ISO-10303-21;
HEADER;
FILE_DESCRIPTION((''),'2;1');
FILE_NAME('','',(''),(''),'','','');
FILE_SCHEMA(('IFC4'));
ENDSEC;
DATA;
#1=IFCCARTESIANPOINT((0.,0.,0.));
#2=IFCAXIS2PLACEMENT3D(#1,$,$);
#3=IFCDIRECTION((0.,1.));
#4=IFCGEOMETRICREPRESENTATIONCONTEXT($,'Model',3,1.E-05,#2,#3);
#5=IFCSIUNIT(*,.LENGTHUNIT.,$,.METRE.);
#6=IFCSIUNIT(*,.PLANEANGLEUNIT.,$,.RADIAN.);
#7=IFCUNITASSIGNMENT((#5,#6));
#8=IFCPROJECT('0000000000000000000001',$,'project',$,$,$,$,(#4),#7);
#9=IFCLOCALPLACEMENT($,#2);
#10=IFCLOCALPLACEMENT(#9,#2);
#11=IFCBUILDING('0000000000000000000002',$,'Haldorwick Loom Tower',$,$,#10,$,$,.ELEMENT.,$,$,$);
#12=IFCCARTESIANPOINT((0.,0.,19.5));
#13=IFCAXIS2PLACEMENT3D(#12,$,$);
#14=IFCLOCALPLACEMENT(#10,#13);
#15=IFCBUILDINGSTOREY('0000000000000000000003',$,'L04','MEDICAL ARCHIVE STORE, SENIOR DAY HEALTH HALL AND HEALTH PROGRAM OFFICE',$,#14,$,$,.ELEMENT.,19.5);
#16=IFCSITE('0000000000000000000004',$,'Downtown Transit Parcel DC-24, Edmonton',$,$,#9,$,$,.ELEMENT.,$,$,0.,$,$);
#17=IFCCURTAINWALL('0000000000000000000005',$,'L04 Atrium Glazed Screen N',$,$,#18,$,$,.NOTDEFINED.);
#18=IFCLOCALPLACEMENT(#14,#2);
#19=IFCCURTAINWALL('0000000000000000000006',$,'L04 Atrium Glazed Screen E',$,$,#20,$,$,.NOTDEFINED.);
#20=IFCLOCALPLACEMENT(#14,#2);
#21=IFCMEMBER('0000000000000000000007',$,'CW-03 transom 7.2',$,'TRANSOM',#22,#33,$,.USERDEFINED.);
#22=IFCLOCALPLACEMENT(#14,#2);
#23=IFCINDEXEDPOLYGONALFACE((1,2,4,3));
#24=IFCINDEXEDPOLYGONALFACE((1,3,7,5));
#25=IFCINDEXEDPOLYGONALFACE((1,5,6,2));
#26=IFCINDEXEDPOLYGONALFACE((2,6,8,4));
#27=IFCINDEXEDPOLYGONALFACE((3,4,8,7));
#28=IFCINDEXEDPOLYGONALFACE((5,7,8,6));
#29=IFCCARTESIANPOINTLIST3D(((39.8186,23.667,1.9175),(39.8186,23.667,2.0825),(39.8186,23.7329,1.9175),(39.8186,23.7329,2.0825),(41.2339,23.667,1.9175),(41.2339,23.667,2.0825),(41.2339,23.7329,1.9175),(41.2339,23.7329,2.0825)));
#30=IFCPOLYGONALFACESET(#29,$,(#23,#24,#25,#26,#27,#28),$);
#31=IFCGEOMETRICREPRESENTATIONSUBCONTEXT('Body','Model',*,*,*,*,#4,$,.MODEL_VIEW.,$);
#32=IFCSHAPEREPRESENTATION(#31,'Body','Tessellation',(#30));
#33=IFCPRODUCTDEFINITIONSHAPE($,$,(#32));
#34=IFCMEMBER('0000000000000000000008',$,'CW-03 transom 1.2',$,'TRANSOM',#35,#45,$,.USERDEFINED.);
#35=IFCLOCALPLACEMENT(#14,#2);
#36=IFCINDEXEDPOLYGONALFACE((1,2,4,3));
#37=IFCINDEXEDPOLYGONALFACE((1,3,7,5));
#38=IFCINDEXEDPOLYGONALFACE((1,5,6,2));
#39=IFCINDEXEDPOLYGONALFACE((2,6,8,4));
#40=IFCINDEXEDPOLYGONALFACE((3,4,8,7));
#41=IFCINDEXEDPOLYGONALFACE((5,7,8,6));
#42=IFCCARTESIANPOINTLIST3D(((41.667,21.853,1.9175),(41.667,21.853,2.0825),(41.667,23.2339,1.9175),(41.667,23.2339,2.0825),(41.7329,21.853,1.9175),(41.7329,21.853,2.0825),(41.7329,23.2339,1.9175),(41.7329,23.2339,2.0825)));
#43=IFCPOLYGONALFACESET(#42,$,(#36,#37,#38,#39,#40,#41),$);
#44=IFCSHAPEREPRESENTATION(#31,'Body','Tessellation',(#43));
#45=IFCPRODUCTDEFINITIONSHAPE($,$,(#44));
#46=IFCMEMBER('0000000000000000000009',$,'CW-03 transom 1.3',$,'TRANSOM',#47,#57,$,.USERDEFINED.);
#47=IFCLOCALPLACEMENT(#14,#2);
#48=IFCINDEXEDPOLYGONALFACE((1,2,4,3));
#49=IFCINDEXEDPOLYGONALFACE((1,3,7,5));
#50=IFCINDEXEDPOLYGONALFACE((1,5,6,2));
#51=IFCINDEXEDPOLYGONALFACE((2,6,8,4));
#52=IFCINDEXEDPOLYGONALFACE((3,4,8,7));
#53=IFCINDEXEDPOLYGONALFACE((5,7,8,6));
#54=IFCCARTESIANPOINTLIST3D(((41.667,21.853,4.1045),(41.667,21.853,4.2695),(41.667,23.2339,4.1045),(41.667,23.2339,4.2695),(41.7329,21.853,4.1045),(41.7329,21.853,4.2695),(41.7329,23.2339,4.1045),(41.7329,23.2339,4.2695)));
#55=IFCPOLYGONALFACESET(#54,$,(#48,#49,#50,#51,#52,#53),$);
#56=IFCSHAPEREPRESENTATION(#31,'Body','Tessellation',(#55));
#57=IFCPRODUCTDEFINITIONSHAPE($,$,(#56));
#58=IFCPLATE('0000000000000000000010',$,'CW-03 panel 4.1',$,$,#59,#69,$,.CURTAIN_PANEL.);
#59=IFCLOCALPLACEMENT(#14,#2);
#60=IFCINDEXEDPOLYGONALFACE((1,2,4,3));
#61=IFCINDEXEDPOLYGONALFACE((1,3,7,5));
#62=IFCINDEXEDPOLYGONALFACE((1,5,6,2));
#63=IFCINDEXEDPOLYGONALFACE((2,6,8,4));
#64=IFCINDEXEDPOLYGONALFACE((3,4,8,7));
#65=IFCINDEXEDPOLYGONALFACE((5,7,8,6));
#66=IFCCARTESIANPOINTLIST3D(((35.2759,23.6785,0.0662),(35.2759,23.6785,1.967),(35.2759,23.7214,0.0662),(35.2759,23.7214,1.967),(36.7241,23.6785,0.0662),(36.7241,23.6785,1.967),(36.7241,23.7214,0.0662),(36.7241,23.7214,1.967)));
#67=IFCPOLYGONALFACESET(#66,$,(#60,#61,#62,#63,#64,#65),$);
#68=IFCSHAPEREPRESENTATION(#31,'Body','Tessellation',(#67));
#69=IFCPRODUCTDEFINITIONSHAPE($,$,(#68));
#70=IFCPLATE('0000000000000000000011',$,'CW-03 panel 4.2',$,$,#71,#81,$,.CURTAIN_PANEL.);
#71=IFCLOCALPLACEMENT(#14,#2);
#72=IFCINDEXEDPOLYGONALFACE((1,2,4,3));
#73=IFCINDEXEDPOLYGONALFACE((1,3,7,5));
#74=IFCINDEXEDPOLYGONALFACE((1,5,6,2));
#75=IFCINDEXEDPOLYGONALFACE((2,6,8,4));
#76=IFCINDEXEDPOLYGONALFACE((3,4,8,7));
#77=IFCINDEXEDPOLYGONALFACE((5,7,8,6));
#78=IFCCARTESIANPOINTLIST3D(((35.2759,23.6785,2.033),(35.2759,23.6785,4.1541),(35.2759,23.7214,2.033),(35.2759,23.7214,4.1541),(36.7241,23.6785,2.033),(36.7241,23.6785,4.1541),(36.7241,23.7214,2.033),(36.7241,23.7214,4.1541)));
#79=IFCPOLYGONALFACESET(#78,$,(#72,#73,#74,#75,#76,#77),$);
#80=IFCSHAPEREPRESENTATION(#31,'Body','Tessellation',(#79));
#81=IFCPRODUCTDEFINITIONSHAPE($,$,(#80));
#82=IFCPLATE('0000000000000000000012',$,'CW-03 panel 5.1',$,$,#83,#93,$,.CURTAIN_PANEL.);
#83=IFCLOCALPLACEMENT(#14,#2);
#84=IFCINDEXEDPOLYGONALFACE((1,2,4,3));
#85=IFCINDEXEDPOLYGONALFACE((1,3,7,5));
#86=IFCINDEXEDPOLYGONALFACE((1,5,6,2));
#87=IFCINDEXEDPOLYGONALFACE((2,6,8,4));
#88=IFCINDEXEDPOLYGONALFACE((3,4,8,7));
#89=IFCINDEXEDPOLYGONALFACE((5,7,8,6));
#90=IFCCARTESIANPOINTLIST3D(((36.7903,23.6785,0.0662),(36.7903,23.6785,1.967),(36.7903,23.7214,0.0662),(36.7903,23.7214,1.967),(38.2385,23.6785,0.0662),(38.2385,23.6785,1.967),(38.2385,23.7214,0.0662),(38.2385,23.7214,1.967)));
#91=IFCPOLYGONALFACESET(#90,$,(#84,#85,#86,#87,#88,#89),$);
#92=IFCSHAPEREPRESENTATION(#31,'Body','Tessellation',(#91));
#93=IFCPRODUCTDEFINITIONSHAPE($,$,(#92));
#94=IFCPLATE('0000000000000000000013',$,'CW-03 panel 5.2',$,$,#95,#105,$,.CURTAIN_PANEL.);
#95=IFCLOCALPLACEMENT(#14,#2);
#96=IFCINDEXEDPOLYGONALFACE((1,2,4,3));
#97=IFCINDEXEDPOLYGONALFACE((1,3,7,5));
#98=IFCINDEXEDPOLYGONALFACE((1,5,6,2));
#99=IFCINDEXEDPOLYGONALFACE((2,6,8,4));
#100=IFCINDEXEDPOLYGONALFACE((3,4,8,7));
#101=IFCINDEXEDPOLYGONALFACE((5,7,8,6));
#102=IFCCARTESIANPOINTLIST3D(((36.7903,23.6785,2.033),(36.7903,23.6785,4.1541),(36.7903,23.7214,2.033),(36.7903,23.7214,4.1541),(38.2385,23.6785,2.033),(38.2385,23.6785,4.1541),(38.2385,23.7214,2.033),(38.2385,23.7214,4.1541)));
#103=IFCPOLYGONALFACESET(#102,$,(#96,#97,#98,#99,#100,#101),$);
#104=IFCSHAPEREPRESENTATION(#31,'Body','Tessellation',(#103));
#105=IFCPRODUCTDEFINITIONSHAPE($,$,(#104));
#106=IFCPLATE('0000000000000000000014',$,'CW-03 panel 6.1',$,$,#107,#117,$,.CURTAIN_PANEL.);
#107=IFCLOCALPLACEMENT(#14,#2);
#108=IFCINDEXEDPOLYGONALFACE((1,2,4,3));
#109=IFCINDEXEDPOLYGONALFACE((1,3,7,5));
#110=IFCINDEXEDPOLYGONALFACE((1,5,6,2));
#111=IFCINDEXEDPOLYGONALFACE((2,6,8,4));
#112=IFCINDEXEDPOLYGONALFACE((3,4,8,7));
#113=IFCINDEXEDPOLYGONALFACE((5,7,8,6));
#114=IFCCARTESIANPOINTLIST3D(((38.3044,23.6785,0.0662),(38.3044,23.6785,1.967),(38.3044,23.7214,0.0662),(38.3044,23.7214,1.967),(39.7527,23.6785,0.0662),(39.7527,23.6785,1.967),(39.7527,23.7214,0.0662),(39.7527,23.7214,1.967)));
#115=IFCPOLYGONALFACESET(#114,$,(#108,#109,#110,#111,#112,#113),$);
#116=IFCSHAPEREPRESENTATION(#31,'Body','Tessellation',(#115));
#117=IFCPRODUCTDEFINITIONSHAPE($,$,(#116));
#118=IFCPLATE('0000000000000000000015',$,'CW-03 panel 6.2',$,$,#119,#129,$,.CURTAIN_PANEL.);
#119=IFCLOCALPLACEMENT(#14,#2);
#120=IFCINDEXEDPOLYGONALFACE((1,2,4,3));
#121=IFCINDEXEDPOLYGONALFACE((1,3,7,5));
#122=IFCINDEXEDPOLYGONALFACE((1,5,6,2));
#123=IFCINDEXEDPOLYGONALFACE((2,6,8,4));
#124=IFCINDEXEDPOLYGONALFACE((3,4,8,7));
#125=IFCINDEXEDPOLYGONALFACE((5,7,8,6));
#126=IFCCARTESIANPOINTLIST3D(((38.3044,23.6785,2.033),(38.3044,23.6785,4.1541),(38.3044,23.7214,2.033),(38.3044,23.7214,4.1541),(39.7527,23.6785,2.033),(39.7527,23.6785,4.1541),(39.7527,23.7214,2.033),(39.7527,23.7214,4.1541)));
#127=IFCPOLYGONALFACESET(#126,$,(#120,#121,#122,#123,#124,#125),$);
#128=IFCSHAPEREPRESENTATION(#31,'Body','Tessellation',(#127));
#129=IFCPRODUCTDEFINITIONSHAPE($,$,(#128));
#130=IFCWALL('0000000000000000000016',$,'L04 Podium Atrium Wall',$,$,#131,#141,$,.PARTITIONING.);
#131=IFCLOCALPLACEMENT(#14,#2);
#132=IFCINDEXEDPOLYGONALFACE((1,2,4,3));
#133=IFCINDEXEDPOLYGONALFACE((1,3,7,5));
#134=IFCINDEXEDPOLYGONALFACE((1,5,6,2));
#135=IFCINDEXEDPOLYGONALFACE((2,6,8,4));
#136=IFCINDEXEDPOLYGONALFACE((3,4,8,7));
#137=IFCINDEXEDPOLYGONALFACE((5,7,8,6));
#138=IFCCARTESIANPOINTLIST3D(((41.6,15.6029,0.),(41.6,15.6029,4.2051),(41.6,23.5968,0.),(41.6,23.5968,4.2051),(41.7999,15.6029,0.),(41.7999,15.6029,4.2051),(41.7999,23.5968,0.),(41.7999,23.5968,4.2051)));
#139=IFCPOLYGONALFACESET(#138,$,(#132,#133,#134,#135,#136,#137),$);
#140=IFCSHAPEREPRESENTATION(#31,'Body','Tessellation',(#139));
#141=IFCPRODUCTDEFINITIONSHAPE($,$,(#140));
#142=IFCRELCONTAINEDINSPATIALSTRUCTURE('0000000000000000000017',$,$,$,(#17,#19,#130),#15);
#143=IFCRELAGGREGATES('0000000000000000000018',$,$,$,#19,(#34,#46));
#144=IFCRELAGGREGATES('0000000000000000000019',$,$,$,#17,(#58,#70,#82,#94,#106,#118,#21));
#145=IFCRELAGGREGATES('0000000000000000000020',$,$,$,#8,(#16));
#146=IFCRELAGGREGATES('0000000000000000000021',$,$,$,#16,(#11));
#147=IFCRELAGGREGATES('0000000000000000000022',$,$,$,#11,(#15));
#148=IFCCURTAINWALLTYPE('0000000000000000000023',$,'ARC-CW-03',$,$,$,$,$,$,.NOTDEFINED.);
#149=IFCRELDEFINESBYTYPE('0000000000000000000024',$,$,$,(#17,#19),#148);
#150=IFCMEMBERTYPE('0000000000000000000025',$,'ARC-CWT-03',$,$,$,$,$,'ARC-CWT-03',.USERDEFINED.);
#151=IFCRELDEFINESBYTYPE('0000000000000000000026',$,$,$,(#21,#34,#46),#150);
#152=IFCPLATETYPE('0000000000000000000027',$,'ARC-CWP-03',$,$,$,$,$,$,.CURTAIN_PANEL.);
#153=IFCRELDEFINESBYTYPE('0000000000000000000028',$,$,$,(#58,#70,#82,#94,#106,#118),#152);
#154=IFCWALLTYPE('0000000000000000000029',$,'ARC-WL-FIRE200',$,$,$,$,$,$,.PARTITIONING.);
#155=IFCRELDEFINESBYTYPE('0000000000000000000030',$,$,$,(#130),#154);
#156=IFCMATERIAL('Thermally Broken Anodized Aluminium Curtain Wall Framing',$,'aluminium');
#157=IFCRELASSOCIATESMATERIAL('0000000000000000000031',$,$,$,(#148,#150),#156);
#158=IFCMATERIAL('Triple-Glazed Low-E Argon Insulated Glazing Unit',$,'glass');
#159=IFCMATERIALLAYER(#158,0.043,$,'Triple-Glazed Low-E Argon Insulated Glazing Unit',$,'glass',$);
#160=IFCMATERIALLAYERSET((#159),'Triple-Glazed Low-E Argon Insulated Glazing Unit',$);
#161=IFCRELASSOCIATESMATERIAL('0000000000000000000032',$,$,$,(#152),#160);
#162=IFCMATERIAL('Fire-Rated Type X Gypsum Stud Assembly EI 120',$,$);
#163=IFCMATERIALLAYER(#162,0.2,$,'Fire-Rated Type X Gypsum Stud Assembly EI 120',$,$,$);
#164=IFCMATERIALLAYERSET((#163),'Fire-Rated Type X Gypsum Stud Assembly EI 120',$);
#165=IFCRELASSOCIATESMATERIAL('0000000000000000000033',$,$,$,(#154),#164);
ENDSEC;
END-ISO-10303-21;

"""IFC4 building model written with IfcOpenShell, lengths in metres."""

from ifc_helpers import new_model, si_unit, direction, frame, frame_2d, origin, origin_2d, place, context, subcontext, project, spatial, rectangle, extrude, material, layer, layer_set, material_profile, profile_set, type_object, element, aggregate, save


model = new_model("IFC4")

# Units and contexts
model_context = context("Model", 3, precision=1e-05, world=origin(), true_north=direction((0.0, 1.0)))
body_context = subcontext(model_context, "Body", "Model", "MODEL_VIEW")
ifc_project = project(units=[si_unit("LENGTHUNIT", "METRE"), si_unit("PLANEANGLEUNIT", "RADIAN")], contexts=[model_context])

# Site, building, storey
site_placement = place(None, origin())
site = spatial("IfcSite", under=ifc_project, at=site_placement, Name="Downtown Transit Parcel DC-24, Edmonton", CompositionType="ELEMENT", RefElevation=0.0)
building_placement = place(site_placement, origin())
building = spatial("IfcBuilding", under=site, at=building_placement, Name="Haldorwick Loom Tower", CompositionType="ELEMENT")
storey_placement = place(building_placement, frame((0.0, 0.0, 19.5)))
storey = spatial("IfcBuildingStorey", under=building, at=storey_placement, Name="L04", Description="MEDICAL ARCHIVE STORE, SENIOR DAY HEALTH HALL AND HEALTH PROGRAM OFFICE", CompositionType="ELEMENT", Elevation=19.5)

# Curtain wall
ifc_material_1 = material(Name="Thermally Broken Anodized Aluminium Curtain Wall Framing", Category="aluminium")
curtain_wall_type = type_object("IfcCurtainWallType", Name="ARC-CW-03", PredefinedType="NOTDEFINED", material=ifc_material_1)
curtain_wall_1_placement = place(storey_placement, origin())
curtain_wall_1 = element("IfcCurtainWall", 1, at=curtain_wall_1_placement, inside=storey, type_object=curtain_wall_type, Name="L04 Atrium Glazed Screen N", PredefinedType="NOTDEFINED")

# Curtain wall
curtain_wall_2_placement = place(storey_placement, origin())
curtain_wall_2 = element("IfcCurtainWall", 2, at=curtain_wall_2_placement, inside=storey, type_object=curtain_wall_type, Name="L04 Atrium Glazed Screen E", PredefinedType="NOTDEFINED")

# Members
ifc_material_profile_1 = material_profile(ifc_material_1, rectangle(XDim=0.0659, YDim=0.165, at=origin_2d()), Name="ALU_TRN_66X165", Category="aluminium")
ifc_profile_set_1 = profile_set([ifc_material_profile_1], Name="Thermally Broken Anodized Aluminium Curtain Wall Framing")
member_type_1 = type_object("IfcMemberType", Name="ARC-CWT-03", ElementType="ARC-CWT-03", PredefinedType="USERDEFINED", material=ifc_profile_set_1)
member_1_placement = place(storey_placement, frame((39.8186, 23.7, 2.0), z_axis=(1.0, 0.0, 0.0), x_axis=(0.0, 1.0, 0.0)))
member_1 = element("IfcMember", 3, at=member_1_placement, type_object=member_type_1, Name="CW-03 transom 7.2", ObjectType="TRANSOM", PredefinedType="USERDEFINED", context=body_context, shape_type="SweptSolid", body=[
    extrude(rectangle(XDim=0.0659, YDim=0.165, at=origin_2d()), origin(), (0.0, 0.0, 1.0), 1.4153),
])
member_2_placement = place(storey_placement, frame((41.7, 23.2339, 2.0), z_axis=(0.0, -1.0, 0.0), x_axis=(1.0, 0.0, 0.0)))
member_2 = element("IfcMember", 4, at=member_2_placement, type_object=member_type_1, Name="CW-03 transom 1.2", ObjectType="TRANSOM", PredefinedType="USERDEFINED", context=body_context, shape_type="SweptSolid", body=[
    extrude(rectangle(XDim=0.0659, YDim=0.165, at=origin_2d()), origin(), (0.0, 0.0, 1.0), 1.3809),
])
member_3_placement = place(storey_placement, frame((41.7, 23.2339, 4.187), z_axis=(0.0, -1.0, 0.0), x_axis=(1.0, 0.0, 0.0)))
member_3 = element("IfcMember", 5, at=member_3_placement, type_object=member_type_1, Name="CW-03 transom 1.3", ObjectType="TRANSOM", PredefinedType="USERDEFINED", context=body_context, shape_type="SweptSolid", body=[
    extrude(rectangle(XDim=0.0659, YDim=0.165, at=origin_2d()), origin(), (0.0, 0.0, 1.0), 1.3809),
])
aggregate(curtain_wall_2, [member_2, member_3])

# Plates
ifc_material_2 = material(Name="Triple-Glazed Low-E Argon Insulated Glazing Unit", Category="glass")
ifc_layer_1 = layer(ifc_material_2, 0.043, Name="Triple-Glazed Low-E Argon Insulated Glazing Unit", Category="glass")
ifc_layer_set_1 = layer_set([ifc_layer_1], Name="Triple-Glazed Low-E Argon Insulated Glazing Unit")
plate_type = type_object("IfcPlateType", Name="ARC-CWP-03", PredefinedType="CURTAIN_PANEL", material=ifc_layer_set_1)
plate_1_placement = place(storey_placement, frame((36.0, 23.7, 0.0662), z_axis=(0.0, 0.0, 1.0), x_axis=(1.0, 0.0, 0.0)))
plate_1 = element("IfcPlate", 6, at=plate_1_placement, type_object=plate_type, Name="CW-03 panel 4.1", PredefinedType="CURTAIN_PANEL", context=body_context, shape_type="SweptSolid", body=[
    extrude(rectangle(XDim=1.4482, YDim=0.043, at=origin_2d()), origin(), (0.0, 0.0, 1.0), 1.9009),
])
plate_2_placement = place(storey_placement, frame((36.0, 23.7, 2.033), z_axis=(0.0, 0.0, 1.0), x_axis=(1.0, 0.0, 0.0)))
plate_2 = element("IfcPlate", 7, at=plate_2_placement, type_object=plate_type, Name="CW-03 panel 4.2", PredefinedType="CURTAIN_PANEL", context=body_context, shape_type="SweptSolid", body=[
    extrude(rectangle(XDim=1.4482, YDim=0.043, at=origin_2d()), origin(), (0.0, 0.0, 1.0), 2.1211),
])
plate_3_placement = place(storey_placement, frame((37.5144, 23.7, 0.0662), z_axis=(0.0, 0.0, 1.0), x_axis=(1.0, 0.0, 0.0)))
plate_3 = element("IfcPlate", 8, at=plate_3_placement, type_object=plate_type, Name="CW-03 panel 5.1", PredefinedType="CURTAIN_PANEL", context=body_context, shape_type="SweptSolid", body=[
    extrude(rectangle(XDim=1.4482, YDim=0.043, at=origin_2d()), origin(), (0.0, 0.0, 1.0), 1.9009),
])
plate_4_placement = place(storey_placement, frame((37.5144, 23.7, 2.033), z_axis=(0.0, 0.0, 1.0), x_axis=(1.0, 0.0, 0.0)))
plate_4 = element("IfcPlate", 9, at=plate_4_placement, type_object=plate_type, Name="CW-03 panel 5.2", PredefinedType="CURTAIN_PANEL", context=body_context, shape_type="SweptSolid", body=[
    extrude(rectangle(XDim=1.4482, YDim=0.043, at=origin_2d()), origin(), (0.0, 0.0, 1.0), 2.1211),
])
plate_5_placement = place(storey_placement, frame((39.0286, 23.7, 0.0662), z_axis=(0.0, 0.0, 1.0), x_axis=(1.0, 0.0, 0.0)))
plate_5 = element("IfcPlate", 10, at=plate_5_placement, type_object=plate_type, Name="CW-03 panel 6.1", PredefinedType="CURTAIN_PANEL", context=body_context, shape_type="SweptSolid", body=[
    extrude(rectangle(XDim=1.4482, YDim=0.043, at=origin_2d()), origin(), (0.0, 0.0, 1.0), 1.9009),
])
plate_6_placement = place(storey_placement, frame((39.0286, 23.7, 2.033), z_axis=(0.0, 0.0, 1.0), x_axis=(1.0, 0.0, 0.0)))
plate_6 = element("IfcPlate", 11, at=plate_6_placement, type_object=plate_type, Name="CW-03 panel 6.2", PredefinedType="CURTAIN_PANEL", context=body_context, shape_type="SweptSolid", body=[
    extrude(rectangle(XDim=1.4482, YDim=0.043, at=origin_2d()), origin(), (0.0, 0.0, 1.0), 2.1211),
])
aggregate(curtain_wall_1, [plate_1, plate_2, plate_3, plate_4, plate_5, plate_6, member_1])

# Wall
ifc_material_3 = material(Name="Fire-Rated Type X Gypsum Stud Assembly EI 120")
ifc_layer_2 = layer(ifc_material_3, 0.2, Name="Fire-Rated Type X Gypsum Stud Assembly EI 120")
ifc_layer_set_2 = layer_set([ifc_layer_2], Name="Fire-Rated Type X Gypsum Stud Assembly EI 120")
wall_type = type_object("IfcWallType", Name="ARC-WL-FIRE200", PredefinedType="PARTITIONING", material=ifc_layer_set_2)
wall_placement = place(storey_placement, frame((41.7, 23.5969, 0.0), z_axis=(0.0, 0.0, 1.0), x_axis=(0.0, -1.0, 0.0)))
element("IfcWall", 12, at=wall_placement, inside=storey, type_object=wall_type, Name="L04 Podium Atrium Wall", PredefinedType="PARTITIONING", context=body_context, shape_type="SweptSolid", body=[
    extrude(rectangle(XDim=7.9939, YDim=0.2, at=frame_2d((3.9971, 0.0))), origin(), (0.0, 0.0, 1.0), 4.2051),
])

save(model, "model.ifc")
